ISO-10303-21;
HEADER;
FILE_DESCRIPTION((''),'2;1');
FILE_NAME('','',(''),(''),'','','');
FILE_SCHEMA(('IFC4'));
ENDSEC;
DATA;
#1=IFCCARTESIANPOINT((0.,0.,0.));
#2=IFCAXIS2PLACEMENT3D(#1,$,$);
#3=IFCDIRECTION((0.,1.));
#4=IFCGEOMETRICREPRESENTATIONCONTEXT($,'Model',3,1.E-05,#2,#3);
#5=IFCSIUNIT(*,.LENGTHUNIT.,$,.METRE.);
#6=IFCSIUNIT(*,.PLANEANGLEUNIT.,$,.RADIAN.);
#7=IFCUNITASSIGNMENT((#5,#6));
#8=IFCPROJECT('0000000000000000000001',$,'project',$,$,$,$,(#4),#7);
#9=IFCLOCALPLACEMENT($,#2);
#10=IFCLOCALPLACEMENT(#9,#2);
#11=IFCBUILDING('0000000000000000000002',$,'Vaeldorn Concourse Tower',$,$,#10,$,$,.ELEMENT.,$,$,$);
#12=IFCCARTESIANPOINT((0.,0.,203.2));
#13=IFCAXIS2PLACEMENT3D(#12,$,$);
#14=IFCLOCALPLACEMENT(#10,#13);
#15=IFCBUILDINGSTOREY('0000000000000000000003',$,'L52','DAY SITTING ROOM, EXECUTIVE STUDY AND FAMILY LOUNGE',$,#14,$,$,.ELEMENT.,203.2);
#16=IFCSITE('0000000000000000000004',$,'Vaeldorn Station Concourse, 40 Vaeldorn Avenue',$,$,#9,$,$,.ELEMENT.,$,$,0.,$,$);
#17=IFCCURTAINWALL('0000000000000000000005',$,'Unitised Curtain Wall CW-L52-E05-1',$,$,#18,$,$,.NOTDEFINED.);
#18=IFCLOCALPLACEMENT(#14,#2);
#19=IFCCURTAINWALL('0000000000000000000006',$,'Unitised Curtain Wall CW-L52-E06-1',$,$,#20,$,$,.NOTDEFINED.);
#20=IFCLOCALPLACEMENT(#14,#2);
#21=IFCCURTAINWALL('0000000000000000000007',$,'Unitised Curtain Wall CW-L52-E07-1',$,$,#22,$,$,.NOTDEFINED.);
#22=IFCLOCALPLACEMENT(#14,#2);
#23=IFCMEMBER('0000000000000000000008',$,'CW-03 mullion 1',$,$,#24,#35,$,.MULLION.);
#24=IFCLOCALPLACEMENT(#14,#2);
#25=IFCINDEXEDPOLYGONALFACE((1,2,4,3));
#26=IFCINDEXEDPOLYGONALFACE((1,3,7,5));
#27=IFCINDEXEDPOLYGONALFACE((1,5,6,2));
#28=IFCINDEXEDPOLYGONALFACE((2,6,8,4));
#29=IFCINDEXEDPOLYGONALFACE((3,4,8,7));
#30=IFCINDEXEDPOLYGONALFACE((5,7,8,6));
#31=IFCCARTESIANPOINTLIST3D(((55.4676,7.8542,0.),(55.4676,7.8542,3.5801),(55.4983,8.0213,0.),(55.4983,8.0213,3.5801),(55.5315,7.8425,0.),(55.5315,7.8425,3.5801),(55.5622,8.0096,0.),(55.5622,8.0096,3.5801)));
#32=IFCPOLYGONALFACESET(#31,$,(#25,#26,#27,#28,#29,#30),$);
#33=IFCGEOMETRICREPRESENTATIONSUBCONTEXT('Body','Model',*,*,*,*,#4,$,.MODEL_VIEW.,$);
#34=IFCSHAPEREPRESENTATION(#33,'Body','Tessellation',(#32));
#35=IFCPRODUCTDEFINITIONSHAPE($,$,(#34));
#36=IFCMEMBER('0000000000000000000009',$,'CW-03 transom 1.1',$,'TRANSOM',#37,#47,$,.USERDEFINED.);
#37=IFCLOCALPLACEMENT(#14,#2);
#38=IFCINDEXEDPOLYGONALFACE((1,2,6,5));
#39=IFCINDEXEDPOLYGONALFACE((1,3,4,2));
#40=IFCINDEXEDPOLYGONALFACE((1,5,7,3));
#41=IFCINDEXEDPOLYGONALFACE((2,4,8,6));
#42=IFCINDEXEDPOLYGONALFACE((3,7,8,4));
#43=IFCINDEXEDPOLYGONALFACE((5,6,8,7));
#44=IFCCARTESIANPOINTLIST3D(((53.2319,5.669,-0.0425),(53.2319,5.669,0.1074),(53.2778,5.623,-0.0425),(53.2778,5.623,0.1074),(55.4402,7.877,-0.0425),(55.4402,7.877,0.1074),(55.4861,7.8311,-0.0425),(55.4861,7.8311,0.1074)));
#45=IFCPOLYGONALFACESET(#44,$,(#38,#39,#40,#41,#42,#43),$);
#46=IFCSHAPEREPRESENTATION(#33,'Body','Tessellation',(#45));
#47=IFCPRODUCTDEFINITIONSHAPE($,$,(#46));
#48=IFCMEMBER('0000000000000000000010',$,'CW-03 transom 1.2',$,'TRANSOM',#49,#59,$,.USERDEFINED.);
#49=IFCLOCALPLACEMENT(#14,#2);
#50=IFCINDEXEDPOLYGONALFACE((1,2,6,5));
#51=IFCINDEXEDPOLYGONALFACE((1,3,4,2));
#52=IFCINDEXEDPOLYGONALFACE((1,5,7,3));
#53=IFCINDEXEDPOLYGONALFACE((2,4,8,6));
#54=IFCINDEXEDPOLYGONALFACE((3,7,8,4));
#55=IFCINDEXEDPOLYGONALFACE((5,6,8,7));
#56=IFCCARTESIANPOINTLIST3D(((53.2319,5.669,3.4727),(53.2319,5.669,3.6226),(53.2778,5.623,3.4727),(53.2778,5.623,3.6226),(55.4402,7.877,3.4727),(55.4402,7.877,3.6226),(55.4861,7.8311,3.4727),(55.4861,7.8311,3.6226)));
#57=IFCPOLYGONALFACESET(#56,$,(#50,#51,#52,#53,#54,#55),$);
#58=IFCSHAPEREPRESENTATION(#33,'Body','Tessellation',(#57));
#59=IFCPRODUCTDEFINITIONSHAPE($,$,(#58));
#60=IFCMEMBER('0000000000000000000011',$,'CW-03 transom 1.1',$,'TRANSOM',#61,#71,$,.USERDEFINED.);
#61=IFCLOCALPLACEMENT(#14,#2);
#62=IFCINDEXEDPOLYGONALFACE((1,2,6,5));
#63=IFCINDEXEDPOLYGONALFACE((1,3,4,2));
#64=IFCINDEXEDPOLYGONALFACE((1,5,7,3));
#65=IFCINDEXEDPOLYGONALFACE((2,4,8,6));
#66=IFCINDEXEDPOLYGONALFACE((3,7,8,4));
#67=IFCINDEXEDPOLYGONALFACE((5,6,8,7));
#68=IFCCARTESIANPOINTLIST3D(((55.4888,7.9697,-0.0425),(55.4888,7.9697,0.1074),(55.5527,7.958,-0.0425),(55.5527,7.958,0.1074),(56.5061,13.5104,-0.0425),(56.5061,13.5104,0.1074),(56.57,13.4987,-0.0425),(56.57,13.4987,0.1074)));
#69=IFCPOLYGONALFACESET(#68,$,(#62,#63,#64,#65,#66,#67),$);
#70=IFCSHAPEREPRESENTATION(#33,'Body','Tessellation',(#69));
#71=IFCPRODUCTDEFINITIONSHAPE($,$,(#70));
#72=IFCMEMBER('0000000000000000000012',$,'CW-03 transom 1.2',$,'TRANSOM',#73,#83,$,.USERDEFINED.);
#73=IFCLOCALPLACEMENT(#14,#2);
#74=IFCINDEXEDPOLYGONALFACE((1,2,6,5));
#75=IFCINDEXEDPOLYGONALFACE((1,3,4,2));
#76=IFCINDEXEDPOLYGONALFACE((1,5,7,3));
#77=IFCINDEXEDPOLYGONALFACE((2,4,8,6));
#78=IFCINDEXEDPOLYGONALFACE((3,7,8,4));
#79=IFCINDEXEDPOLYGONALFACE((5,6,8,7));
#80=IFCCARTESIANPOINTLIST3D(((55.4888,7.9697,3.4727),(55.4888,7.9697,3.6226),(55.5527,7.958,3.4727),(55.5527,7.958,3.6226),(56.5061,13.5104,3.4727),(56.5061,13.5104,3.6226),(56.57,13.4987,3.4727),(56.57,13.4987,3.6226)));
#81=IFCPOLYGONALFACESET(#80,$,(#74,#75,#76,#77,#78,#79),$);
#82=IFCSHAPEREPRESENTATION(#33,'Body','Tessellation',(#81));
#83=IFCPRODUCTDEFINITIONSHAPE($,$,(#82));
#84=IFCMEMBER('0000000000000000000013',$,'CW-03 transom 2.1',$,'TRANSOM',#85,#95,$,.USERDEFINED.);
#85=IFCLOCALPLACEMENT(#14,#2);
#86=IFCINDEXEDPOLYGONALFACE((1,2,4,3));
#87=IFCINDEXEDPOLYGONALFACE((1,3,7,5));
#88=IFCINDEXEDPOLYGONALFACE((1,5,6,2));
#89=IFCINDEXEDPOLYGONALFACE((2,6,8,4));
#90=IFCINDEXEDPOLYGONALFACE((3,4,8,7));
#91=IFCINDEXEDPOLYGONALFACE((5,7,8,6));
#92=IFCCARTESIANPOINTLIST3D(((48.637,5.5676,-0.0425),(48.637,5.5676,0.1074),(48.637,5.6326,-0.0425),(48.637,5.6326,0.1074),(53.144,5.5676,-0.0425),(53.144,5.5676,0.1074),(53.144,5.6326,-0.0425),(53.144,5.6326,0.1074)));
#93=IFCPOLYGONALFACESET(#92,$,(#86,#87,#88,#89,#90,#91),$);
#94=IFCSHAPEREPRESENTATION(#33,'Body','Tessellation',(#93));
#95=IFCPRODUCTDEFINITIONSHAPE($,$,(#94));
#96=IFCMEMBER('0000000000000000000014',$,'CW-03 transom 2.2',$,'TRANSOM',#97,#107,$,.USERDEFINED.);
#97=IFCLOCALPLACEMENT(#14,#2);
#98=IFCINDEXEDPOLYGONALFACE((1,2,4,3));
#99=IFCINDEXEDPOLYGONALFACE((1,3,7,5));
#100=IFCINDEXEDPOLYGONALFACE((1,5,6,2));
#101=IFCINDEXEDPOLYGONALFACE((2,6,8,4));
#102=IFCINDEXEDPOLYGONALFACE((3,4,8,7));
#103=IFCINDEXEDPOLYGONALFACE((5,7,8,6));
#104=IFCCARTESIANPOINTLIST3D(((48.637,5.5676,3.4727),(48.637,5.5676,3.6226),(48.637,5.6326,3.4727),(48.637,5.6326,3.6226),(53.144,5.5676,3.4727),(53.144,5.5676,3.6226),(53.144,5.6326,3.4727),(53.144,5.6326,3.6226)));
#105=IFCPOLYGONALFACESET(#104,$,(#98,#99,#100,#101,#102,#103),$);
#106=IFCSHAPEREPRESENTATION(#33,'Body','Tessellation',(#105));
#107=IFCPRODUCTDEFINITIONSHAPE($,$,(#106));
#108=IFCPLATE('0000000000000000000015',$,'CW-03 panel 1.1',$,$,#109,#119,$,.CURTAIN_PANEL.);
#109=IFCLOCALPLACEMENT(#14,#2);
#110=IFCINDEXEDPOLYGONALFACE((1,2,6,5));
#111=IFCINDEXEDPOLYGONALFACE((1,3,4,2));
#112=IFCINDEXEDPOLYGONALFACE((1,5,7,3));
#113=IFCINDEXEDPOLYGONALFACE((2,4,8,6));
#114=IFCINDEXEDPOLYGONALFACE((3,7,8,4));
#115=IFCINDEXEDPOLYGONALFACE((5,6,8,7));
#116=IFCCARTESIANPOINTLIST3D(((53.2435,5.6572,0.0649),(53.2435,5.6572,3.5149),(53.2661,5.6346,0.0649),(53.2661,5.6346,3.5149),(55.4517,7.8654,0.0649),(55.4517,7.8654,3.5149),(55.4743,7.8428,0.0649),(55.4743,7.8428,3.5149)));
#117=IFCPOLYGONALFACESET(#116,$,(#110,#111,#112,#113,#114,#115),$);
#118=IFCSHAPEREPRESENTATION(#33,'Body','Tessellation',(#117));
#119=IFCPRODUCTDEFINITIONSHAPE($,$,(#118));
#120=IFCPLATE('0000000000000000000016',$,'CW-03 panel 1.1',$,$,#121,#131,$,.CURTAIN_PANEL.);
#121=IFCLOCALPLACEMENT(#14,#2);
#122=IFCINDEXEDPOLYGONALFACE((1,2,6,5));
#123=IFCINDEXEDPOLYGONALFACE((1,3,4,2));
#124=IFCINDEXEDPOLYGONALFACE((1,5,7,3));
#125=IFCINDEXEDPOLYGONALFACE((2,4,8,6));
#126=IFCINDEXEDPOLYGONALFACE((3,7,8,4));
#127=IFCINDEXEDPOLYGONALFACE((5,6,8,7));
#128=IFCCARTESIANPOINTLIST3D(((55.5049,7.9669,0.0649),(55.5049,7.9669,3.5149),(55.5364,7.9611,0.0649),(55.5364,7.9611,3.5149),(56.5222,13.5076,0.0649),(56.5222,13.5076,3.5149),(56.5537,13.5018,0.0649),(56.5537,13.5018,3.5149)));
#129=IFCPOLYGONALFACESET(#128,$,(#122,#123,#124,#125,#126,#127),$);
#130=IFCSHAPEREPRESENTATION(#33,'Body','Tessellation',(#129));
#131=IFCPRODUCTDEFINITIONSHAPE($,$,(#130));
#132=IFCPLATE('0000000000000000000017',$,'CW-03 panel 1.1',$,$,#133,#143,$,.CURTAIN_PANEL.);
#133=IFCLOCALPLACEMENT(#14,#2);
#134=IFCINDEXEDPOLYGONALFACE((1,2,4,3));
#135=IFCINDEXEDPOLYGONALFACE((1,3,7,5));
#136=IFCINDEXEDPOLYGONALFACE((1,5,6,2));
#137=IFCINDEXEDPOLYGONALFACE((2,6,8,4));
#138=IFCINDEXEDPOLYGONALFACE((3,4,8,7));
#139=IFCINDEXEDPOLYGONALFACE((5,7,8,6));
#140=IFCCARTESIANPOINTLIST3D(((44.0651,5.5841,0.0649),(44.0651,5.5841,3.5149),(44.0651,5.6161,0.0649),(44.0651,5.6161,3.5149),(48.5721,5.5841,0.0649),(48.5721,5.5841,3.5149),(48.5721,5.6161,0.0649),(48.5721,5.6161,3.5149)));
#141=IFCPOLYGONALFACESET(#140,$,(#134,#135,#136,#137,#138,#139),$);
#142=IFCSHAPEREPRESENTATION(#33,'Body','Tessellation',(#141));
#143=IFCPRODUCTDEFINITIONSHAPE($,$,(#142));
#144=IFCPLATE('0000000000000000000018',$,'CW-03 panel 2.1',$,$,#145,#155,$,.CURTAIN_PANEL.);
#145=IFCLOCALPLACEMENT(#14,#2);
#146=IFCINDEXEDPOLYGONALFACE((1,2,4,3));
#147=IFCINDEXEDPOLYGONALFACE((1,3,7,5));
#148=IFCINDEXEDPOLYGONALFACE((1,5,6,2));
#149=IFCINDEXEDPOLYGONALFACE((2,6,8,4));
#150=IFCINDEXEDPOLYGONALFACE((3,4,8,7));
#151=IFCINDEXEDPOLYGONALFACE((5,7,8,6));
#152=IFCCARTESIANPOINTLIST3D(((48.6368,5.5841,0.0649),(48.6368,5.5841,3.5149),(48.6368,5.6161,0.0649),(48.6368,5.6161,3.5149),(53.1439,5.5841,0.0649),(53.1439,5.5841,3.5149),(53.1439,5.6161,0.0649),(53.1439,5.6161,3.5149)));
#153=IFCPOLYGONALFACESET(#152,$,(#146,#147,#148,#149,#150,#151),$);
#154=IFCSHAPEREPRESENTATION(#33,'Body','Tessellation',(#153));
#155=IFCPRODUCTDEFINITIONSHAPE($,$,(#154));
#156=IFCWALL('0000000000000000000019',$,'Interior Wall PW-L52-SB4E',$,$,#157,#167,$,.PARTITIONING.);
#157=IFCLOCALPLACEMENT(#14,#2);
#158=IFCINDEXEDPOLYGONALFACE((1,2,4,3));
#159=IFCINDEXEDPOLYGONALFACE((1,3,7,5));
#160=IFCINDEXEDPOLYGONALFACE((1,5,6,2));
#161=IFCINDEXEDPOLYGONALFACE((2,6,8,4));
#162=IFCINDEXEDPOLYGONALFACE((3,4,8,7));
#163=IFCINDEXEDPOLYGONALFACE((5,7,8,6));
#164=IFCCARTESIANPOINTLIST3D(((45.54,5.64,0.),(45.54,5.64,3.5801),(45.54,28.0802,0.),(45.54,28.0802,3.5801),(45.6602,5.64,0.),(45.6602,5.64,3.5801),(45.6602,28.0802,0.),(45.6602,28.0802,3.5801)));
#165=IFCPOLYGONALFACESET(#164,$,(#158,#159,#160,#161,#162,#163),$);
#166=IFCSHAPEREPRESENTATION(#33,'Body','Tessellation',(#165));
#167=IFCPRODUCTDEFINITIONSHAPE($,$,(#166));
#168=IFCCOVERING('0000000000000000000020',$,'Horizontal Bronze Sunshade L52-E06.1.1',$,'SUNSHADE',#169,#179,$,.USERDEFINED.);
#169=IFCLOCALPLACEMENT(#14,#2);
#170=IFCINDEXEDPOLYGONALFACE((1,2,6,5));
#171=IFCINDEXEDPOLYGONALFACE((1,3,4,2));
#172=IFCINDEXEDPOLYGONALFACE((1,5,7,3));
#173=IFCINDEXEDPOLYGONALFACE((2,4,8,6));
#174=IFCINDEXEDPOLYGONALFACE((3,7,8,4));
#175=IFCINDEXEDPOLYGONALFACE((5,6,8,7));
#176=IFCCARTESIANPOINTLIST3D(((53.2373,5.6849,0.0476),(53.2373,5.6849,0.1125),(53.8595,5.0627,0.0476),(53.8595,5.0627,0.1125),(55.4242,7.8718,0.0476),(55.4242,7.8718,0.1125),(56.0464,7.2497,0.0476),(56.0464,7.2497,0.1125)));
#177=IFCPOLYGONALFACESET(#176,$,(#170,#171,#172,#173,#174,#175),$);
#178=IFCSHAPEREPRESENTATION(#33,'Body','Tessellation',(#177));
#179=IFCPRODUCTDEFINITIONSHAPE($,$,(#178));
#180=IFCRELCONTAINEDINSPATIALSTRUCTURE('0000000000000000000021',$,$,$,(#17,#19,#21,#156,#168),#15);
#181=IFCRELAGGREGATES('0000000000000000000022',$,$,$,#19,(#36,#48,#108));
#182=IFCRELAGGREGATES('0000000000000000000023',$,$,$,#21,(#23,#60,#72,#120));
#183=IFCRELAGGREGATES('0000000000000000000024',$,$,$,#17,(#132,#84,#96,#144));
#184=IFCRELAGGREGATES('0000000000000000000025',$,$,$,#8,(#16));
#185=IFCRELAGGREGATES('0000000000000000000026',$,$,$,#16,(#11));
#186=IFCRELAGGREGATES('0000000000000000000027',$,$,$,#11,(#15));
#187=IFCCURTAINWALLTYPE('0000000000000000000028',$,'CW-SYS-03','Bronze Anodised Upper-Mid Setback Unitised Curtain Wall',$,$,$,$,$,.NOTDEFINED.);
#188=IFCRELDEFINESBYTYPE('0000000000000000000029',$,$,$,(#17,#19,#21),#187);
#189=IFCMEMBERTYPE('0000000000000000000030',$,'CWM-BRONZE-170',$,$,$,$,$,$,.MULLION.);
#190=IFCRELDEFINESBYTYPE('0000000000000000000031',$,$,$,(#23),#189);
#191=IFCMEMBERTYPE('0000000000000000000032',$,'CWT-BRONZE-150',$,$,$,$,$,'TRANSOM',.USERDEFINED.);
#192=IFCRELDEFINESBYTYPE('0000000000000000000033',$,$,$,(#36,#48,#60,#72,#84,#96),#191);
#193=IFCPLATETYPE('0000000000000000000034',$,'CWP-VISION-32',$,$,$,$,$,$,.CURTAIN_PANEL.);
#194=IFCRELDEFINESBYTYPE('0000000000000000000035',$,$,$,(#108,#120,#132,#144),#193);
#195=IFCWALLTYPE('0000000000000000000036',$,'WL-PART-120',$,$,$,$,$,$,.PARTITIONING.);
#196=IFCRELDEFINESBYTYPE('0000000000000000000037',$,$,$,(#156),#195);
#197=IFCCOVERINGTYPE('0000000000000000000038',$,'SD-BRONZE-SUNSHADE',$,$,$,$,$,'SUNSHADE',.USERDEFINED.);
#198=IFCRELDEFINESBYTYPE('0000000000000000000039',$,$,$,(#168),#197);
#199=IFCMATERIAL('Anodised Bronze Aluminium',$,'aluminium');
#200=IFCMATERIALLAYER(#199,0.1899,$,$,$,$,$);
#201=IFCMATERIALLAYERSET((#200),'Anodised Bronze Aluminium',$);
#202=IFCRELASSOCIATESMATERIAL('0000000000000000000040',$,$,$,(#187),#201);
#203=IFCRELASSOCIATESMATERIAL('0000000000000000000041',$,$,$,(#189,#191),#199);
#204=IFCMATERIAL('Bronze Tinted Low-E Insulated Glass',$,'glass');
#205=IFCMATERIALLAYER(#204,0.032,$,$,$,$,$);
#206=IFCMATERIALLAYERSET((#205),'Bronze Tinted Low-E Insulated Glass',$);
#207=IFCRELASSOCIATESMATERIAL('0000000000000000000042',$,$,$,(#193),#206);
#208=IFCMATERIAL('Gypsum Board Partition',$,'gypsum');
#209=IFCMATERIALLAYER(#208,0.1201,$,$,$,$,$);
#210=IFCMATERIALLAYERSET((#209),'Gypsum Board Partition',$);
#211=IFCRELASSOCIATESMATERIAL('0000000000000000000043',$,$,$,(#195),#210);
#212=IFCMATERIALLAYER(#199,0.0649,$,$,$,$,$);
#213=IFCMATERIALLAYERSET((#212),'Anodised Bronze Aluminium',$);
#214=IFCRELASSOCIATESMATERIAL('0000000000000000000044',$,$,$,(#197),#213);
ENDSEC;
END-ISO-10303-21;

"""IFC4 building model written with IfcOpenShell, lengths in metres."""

from ifc_helpers import new_model, si_unit, direction, frame, frame_2d, origin, origin_2d, place, context, subcontext, project, spatial, rectangle, extrude, source, transform, mapped, material, layer, layer_set, material_profile, profile_set, type_object, element, aggregate, save


model = new_model("IFC4")

# Units and contexts
model_context = context("Model", 3, precision=1e-05, world=origin(), true_north=direction((0.0, 1.0)))
body_context = subcontext(model_context, "Body", "Model", "MODEL_VIEW")
ifc_project = project(units=[si_unit("LENGTHUNIT", "METRE"), si_unit("PLANEANGLEUNIT", "RADIAN")], contexts=[model_context])

# Site, building, storey
site_placement = place(None, origin())
site = spatial("IfcSite", under=ifc_project, at=site_placement, Name="Vaeldorn Station Concourse, 40 Vaeldorn Avenue", CompositionType="ELEMENT", RefElevation=0.0)
building_placement = place(site_placement, origin())
building = spatial("IfcBuilding", under=site, at=building_placement, Name="Vaeldorn Concourse Tower", CompositionType="ELEMENT")
storey_placement = place(building_placement, frame((0.0, 0.0, 203.2)))
storey = spatial("IfcBuildingStorey", under=building, at=storey_placement, Name="L52", Description="DAY SITTING ROOM, EXECUTIVE STUDY AND FAMILY LOUNGE", CompositionType="ELEMENT", Elevation=203.2)

# Curtain walls
ifc_material_1 = material(Name="Anodised Bronze Aluminium", Category="aluminium")
ifc_layer_1 = layer(ifc_material_1, 0.1899)
ifc_layer_set_1 = layer_set([ifc_layer_1], Name="Anodised Bronze Aluminium")
curtain_wall_type = type_object("IfcCurtainWallType", Name="CW-SYS-03", Description="Bronze Anodised Upper-Mid Setback Unitised Curtain Wall", PredefinedType="NOTDEFINED", material=ifc_layer_set_1)
curtain_wall_1_placement = place(storey_placement, origin())
curtain_wall_1 = element("IfcCurtainWall", 1, at=curtain_wall_1_placement, inside=storey, type_object=curtain_wall_type, Name="Unitised Curtain Wall CW-L52-E05-1", PredefinedType="NOTDEFINED")
ifc_material_profile_1 = material_profile(ifc_material_1, rectangle(XDim=0.0649, YDim=0.1699, at=origin_2d()), Name="CWM 65x170")
ifc_profile_set_1 = profile_set([ifc_material_profile_1], Name="Anodised Bronze Aluminium")
member_type_1 = type_object("IfcMemberType", Name="CWM-BRONZE-170", PredefinedType="MULLION", material=ifc_profile_set_1)
shared_shape_1 = source(origin(), body_context, "Body", "SweptSolid", [
    extrude(rectangle(XDim=0.0649, YDim=0.1699, at=origin_2d()), origin(), (0.0, 0.0, 1.0), 3.5801),
])
curtain_wall_2_placement = place(storey_placement, origin())
curtain_wall_2 = element("IfcCurtainWall", 2, at=curtain_wall_2_placement, inside=storey, type_object=curtain_wall_type, Name="Unitised Curtain Wall CW-L52-E06-1", PredefinedType="NOTDEFINED")

# Curtain wall, member
curtain_wall_3_placement = place(storey_placement, origin())
curtain_wall_3 = element("IfcCurtainWall", 3, at=curtain_wall_3_placement, inside=storey, type_object=curtain_wall_type, Name="Unitised Curtain Wall CW-L52-E07-1", PredefinedType="NOTDEFINED")
member_1_placement = place(storey_placement, frame((55.5149, 7.9319, 0.0), z_axis=(0.0, 0.0, 1.0), x_axis=(-0.983559, 0.180585, 0.0)))
member_1 = element("IfcMember", 4, at=member_1_placement, type_object=member_type_1, Name="CW-03 mullion 1", PredefinedType="MULLION", context=body_context, shape_type="MappedRepresentation", body=[
    mapped(shared_shape_1, transform((0.0, 0.0, 0.0), scale=1.0)),
])

# Members
ifc_material_profile_2 = material_profile(ifc_material_1, rectangle(XDim=0.0649, YDim=0.1499, at=origin_2d()), Name="CWT 65x150")
ifc_profile_set_2 = profile_set([ifc_material_profile_2], Name="Anodised Bronze Aluminium")
member_type_2 = type_object("IfcMemberType", Name="CWT-BRONZE-150", ElementType="TRANSOM", PredefinedType="USERDEFINED", material=ifc_profile_set_2)
shared_shape_2 = source(origin(), body_context, "Body", "SweptSolid", [
    extrude(rectangle(XDim=0.0649, YDim=0.1499, at=origin_2d()), origin(), (0.0, 0.0, 1.0), 3.1228),
])
member_2_placement = place(storey_placement, frame((53.2549, 5.646, 0.0325), z_axis=(0.707146, 0.707068, 0.0), x_axis=(-0.707068, 0.707146, 0.0)))
member_2 = element("IfcMember", 5, at=member_2_placement, type_object=member_type_2, Name="CW-03 transom 1.1", ObjectType="TRANSOM", PredefinedType="USERDEFINED", context=body_context, shape_type="MappedRepresentation", body=[
    mapped(shared_shape_2, transform((0.0, 0.0, 0.0), scale=1.0)),
])
member_3_placement = place(storey_placement, frame((53.2549, 5.646, 3.5476), z_axis=(0.707146, 0.707068, 0.0), x_axis=(-0.707068, 0.707146, 0.0)))
member_3 = element("IfcMember", 6, at=member_3_placement, type_object=member_type_2, Name="CW-03 transom 1.2", ObjectType="TRANSOM", PredefinedType="USERDEFINED", context=body_context, shape_type="MappedRepresentation", body=[
    mapped(shared_shape_2, transform((0.0, 0.0, 0.0), scale=1.0)),
])
shared_shape_3 = source(origin(), body_context, "Body", "SweptSolid", [
    extrude(rectangle(XDim=0.0649, YDim=0.1499, at=origin_2d()), origin(), (0.0, 0.0, 1.0), 5.6333),
])
member_4_placement = place(storey_placement, frame((55.5208, 7.9639, 0.0325), z_axis=(0.18059, 0.983558, 0.0), x_axis=(-0.983558, 0.18059, 0.0)))
member_4 = element("IfcMember", 7, at=member_4_placement, type_object=member_type_2, Name="CW-03 transom 1.1", ObjectType="TRANSOM", PredefinedType="USERDEFINED", context=body_context, shape_type="MappedRepresentation", body=[
    mapped(shared_shape_3, transform((0.0, 0.0, 0.0), scale=1.0)),
])
member_5_placement = place(storey_placement, frame((55.5208, 7.9639, 3.5476), z_axis=(0.18059, 0.983558, 0.0), x_axis=(-0.983558, 0.18059, 0.0)))
member_5 = element("IfcMember", 8, at=member_5_placement, type_object=member_type_2, Name="CW-03 transom 1.2", ObjectType="TRANSOM", PredefinedType="USERDEFINED", context=body_context, shape_type="MappedRepresentation", body=[
    mapped(shared_shape_3, transform((0.0, 0.0, 0.0), scale=1.0)),
])
shared_shape_4 = source(origin(), body_context, "Body", "SweptSolid", [
    extrude(rectangle(XDim=0.0649, YDim=0.1499, at=origin_2d()), origin(), (0.0, 0.0, 1.0), 4.5071),
])
member_6_placement = place(storey_placement, frame((48.637, 5.6001, 0.0325), z_axis=(1.0, 0.0, 0.0), x_axis=(0.0, 1.0, 0.0)))
member_6 = element("IfcMember", 9, at=member_6_placement, type_object=member_type_2, Name="CW-03 transom 2.1", ObjectType="TRANSOM", PredefinedType="USERDEFINED", context=body_context, shape_type="MappedRepresentation", body=[
    mapped(shared_shape_4, transform((0.0, 0.0, 0.0), scale=1.0)),
])
member_7_placement = place(storey_placement, frame((48.637, 5.6001, 3.5476), z_axis=(1.0, 0.0, 0.0), x_axis=(0.0, 1.0, 0.0)))
member_7 = element("IfcMember", 10, at=member_7_placement, type_object=member_type_2, Name="CW-03 transom 2.2", ObjectType="TRANSOM", PredefinedType="USERDEFINED", context=body_context, shape_type="MappedRepresentation", body=[
    mapped(shared_shape_4, transform((0.0, 0.0, 0.0), scale=1.0)),
])

# Plates
ifc_material_2 = material(Name="Bronze Tinted Low-E Insulated Glass", Category="glass")
ifc_layer_2 = layer(ifc_material_2, 0.032)
ifc_layer_set_2 = layer_set([ifc_layer_2], Name="Bronze Tinted Low-E Insulated Glass")
plate_type = type_object("IfcPlateType", Name="CWP-VISION-32", PredefinedType="CURTAIN_PANEL", material=ifc_layer_set_2)
shared_shape_5 = source(origin(), body_context, "Body", "SweptSolid", [
    extrude(rectangle(XDim=3.1228, YDim=0.032, at=origin_2d()), origin(), (0.0, 0.0, 1.0), 3.45),
])
plate_1_placement = place(storey_placement, frame((54.3589, 6.75, 0.0649), z_axis=(0.0, 0.0, 1.0), x_axis=(0.707107, 0.707107, 0.0)))
plate_1 = element("IfcPlate", 11, at=plate_1_placement, type_object=plate_type, Name="CW-03 panel 1.1", PredefinedType="CURTAIN_PANEL", context=body_context, shape_type="MappedRepresentation", body=[
    mapped(shared_shape_5, transform((0.0, 0.0, 0.0), scale=1.0)),
])
aggregate(curtain_wall_2, [member_2, member_3, plate_1])
shared_shape_6 = source(origin(), body_context, "Body", "SweptSolid", [
    extrude(rectangle(XDim=5.6333, YDim=0.032, at=origin_2d()), origin(), (0.0, 0.0, 1.0), 3.45),
])
plate_2_placement = place(storey_placement, frame((56.0293, 10.7344, 0.0649), z_axis=(0.0, 0.0, 1.0), x_axis=(0.180585, 0.983559, 0.0)))
plate_2 = element("IfcPlate", 12, at=plate_2_placement, type_object=plate_type, Name="CW-03 panel 1.1", PredefinedType="CURTAIN_PANEL", context=body_context, shape_type="MappedRepresentation", body=[
    mapped(shared_shape_6, transform((0.0, 0.0, 0.0), scale=1.0)),
])
aggregate(curtain_wall_3, [member_1, member_4, member_5, plate_2])
shared_shape_7 = source(origin(), body_context, "Body", "SweptSolid", [
    extrude(rectangle(XDim=4.5071, YDim=0.032, at=origin_2d()), origin(), (0.0, 0.0, 1.0), 3.45),
])
plate_3_placement = place(storey_placement, frame((46.3186, 5.6001, 0.0649), z_axis=(0.0, 0.0, 1.0), x_axis=(1.0, 0.0, 0.0)))
plate_3 = element("IfcPlate", 13, at=plate_3_placement, type_object=plate_type, Name="CW-03 panel 1.1", PredefinedType="CURTAIN_PANEL", context=body_context, shape_type="MappedRepresentation", body=[
    mapped(shared_shape_7, transform((0.0, 0.0, 0.0), scale=1.0)),
])
plate_4_placement = place(storey_placement, frame((50.8904, 5.6001, 0.0649), z_axis=(0.0, 0.0, 1.0), x_axis=(1.0, 0.0, 0.0)))
plate_4 = element("IfcPlate", 14, at=plate_4_placement, type_object=plate_type, Name="CW-03 panel 2.1", PredefinedType="CURTAIN_PANEL", context=body_context, shape_type="MappedRepresentation", body=[
    mapped(shared_shape_7, transform((0.0, 0.0, 0.0), scale=1.0)),
])
aggregate(curtain_wall_1, [plate_3, member_6, member_7, plate_4])

# Wall
ifc_material_3 = material(Name="Gypsum Board Partition", Category="gypsum")
ifc_layer_3 = layer(ifc_material_3, 0.1201)
ifc_layer_set_3 = layer_set([ifc_layer_3], Name="Gypsum Board Partition")
wall_type = type_object("IfcWallType", Name="WL-PART-120", PredefinedType="PARTITIONING", material=ifc_layer_set_3)
wall_placement = place(storey_placement, frame((45.6001, 5.6399, 0.0), z_axis=(0.0, 0.0, 1.0), x_axis=(0.0, 1.0, 0.0)))
element("IfcWall", 15, at=wall_placement, inside=storey, type_object=wall_type, Name="Interior Wall PW-L52-SB4E", PredefinedType="PARTITIONING", context=body_context, shape_type="SweptSolid", body=[
    extrude(rectangle(XDim=22.4402, YDim=0.1201, at=frame_2d((11.2202, 0.0))), origin(), (0.0, 0.0, 1.0), 3.5801),
])

# Covering
ifc_layer_4 = layer(ifc_material_1, 0.0649)
ifc_layer_set_4 = layer_set([ifc_layer_4], Name="Anodised Bronze Aluminium")
covering_type = type_object("IfcCoveringType", Name="SD-BRONZE-SUNSHADE", ElementType="SUNSHADE", PredefinedType="USERDEFINED", material=ifc_layer_set_4)
shared_shape_8 = source(origin(), body_context, "Body", "SweptSolid", [
    extrude(rectangle(XDim=3.0928, YDim=0.8799, at=origin_2d()), origin(), (0.0, 0.0, 1.0), 0.0649),
])
for number, where, z_axis, x_axis, name in (
    (16, (54.6418, 6.4673, 0.0476), (0.0, 0.0, 1.0), (0.707107, 0.707107, 0.0), "Horizontal Bronze Sunshade L52-E06.1.1"),
):
    element("IfcCovering", number, at=place(storey_placement, frame(where, z_axis=z_axis, x_axis=x_axis)), inside=storey, type_object=covering_type, Name=name, ObjectType="SUNSHADE", PredefinedType="USERDEFINED", context=body_context, shape_type="MappedRepresentation", body=[
        mapped(shared_shape_8, transform((0.0, 0.0, 0.0), scale=1.0)),
    ])

save(model, "model.ifc")
